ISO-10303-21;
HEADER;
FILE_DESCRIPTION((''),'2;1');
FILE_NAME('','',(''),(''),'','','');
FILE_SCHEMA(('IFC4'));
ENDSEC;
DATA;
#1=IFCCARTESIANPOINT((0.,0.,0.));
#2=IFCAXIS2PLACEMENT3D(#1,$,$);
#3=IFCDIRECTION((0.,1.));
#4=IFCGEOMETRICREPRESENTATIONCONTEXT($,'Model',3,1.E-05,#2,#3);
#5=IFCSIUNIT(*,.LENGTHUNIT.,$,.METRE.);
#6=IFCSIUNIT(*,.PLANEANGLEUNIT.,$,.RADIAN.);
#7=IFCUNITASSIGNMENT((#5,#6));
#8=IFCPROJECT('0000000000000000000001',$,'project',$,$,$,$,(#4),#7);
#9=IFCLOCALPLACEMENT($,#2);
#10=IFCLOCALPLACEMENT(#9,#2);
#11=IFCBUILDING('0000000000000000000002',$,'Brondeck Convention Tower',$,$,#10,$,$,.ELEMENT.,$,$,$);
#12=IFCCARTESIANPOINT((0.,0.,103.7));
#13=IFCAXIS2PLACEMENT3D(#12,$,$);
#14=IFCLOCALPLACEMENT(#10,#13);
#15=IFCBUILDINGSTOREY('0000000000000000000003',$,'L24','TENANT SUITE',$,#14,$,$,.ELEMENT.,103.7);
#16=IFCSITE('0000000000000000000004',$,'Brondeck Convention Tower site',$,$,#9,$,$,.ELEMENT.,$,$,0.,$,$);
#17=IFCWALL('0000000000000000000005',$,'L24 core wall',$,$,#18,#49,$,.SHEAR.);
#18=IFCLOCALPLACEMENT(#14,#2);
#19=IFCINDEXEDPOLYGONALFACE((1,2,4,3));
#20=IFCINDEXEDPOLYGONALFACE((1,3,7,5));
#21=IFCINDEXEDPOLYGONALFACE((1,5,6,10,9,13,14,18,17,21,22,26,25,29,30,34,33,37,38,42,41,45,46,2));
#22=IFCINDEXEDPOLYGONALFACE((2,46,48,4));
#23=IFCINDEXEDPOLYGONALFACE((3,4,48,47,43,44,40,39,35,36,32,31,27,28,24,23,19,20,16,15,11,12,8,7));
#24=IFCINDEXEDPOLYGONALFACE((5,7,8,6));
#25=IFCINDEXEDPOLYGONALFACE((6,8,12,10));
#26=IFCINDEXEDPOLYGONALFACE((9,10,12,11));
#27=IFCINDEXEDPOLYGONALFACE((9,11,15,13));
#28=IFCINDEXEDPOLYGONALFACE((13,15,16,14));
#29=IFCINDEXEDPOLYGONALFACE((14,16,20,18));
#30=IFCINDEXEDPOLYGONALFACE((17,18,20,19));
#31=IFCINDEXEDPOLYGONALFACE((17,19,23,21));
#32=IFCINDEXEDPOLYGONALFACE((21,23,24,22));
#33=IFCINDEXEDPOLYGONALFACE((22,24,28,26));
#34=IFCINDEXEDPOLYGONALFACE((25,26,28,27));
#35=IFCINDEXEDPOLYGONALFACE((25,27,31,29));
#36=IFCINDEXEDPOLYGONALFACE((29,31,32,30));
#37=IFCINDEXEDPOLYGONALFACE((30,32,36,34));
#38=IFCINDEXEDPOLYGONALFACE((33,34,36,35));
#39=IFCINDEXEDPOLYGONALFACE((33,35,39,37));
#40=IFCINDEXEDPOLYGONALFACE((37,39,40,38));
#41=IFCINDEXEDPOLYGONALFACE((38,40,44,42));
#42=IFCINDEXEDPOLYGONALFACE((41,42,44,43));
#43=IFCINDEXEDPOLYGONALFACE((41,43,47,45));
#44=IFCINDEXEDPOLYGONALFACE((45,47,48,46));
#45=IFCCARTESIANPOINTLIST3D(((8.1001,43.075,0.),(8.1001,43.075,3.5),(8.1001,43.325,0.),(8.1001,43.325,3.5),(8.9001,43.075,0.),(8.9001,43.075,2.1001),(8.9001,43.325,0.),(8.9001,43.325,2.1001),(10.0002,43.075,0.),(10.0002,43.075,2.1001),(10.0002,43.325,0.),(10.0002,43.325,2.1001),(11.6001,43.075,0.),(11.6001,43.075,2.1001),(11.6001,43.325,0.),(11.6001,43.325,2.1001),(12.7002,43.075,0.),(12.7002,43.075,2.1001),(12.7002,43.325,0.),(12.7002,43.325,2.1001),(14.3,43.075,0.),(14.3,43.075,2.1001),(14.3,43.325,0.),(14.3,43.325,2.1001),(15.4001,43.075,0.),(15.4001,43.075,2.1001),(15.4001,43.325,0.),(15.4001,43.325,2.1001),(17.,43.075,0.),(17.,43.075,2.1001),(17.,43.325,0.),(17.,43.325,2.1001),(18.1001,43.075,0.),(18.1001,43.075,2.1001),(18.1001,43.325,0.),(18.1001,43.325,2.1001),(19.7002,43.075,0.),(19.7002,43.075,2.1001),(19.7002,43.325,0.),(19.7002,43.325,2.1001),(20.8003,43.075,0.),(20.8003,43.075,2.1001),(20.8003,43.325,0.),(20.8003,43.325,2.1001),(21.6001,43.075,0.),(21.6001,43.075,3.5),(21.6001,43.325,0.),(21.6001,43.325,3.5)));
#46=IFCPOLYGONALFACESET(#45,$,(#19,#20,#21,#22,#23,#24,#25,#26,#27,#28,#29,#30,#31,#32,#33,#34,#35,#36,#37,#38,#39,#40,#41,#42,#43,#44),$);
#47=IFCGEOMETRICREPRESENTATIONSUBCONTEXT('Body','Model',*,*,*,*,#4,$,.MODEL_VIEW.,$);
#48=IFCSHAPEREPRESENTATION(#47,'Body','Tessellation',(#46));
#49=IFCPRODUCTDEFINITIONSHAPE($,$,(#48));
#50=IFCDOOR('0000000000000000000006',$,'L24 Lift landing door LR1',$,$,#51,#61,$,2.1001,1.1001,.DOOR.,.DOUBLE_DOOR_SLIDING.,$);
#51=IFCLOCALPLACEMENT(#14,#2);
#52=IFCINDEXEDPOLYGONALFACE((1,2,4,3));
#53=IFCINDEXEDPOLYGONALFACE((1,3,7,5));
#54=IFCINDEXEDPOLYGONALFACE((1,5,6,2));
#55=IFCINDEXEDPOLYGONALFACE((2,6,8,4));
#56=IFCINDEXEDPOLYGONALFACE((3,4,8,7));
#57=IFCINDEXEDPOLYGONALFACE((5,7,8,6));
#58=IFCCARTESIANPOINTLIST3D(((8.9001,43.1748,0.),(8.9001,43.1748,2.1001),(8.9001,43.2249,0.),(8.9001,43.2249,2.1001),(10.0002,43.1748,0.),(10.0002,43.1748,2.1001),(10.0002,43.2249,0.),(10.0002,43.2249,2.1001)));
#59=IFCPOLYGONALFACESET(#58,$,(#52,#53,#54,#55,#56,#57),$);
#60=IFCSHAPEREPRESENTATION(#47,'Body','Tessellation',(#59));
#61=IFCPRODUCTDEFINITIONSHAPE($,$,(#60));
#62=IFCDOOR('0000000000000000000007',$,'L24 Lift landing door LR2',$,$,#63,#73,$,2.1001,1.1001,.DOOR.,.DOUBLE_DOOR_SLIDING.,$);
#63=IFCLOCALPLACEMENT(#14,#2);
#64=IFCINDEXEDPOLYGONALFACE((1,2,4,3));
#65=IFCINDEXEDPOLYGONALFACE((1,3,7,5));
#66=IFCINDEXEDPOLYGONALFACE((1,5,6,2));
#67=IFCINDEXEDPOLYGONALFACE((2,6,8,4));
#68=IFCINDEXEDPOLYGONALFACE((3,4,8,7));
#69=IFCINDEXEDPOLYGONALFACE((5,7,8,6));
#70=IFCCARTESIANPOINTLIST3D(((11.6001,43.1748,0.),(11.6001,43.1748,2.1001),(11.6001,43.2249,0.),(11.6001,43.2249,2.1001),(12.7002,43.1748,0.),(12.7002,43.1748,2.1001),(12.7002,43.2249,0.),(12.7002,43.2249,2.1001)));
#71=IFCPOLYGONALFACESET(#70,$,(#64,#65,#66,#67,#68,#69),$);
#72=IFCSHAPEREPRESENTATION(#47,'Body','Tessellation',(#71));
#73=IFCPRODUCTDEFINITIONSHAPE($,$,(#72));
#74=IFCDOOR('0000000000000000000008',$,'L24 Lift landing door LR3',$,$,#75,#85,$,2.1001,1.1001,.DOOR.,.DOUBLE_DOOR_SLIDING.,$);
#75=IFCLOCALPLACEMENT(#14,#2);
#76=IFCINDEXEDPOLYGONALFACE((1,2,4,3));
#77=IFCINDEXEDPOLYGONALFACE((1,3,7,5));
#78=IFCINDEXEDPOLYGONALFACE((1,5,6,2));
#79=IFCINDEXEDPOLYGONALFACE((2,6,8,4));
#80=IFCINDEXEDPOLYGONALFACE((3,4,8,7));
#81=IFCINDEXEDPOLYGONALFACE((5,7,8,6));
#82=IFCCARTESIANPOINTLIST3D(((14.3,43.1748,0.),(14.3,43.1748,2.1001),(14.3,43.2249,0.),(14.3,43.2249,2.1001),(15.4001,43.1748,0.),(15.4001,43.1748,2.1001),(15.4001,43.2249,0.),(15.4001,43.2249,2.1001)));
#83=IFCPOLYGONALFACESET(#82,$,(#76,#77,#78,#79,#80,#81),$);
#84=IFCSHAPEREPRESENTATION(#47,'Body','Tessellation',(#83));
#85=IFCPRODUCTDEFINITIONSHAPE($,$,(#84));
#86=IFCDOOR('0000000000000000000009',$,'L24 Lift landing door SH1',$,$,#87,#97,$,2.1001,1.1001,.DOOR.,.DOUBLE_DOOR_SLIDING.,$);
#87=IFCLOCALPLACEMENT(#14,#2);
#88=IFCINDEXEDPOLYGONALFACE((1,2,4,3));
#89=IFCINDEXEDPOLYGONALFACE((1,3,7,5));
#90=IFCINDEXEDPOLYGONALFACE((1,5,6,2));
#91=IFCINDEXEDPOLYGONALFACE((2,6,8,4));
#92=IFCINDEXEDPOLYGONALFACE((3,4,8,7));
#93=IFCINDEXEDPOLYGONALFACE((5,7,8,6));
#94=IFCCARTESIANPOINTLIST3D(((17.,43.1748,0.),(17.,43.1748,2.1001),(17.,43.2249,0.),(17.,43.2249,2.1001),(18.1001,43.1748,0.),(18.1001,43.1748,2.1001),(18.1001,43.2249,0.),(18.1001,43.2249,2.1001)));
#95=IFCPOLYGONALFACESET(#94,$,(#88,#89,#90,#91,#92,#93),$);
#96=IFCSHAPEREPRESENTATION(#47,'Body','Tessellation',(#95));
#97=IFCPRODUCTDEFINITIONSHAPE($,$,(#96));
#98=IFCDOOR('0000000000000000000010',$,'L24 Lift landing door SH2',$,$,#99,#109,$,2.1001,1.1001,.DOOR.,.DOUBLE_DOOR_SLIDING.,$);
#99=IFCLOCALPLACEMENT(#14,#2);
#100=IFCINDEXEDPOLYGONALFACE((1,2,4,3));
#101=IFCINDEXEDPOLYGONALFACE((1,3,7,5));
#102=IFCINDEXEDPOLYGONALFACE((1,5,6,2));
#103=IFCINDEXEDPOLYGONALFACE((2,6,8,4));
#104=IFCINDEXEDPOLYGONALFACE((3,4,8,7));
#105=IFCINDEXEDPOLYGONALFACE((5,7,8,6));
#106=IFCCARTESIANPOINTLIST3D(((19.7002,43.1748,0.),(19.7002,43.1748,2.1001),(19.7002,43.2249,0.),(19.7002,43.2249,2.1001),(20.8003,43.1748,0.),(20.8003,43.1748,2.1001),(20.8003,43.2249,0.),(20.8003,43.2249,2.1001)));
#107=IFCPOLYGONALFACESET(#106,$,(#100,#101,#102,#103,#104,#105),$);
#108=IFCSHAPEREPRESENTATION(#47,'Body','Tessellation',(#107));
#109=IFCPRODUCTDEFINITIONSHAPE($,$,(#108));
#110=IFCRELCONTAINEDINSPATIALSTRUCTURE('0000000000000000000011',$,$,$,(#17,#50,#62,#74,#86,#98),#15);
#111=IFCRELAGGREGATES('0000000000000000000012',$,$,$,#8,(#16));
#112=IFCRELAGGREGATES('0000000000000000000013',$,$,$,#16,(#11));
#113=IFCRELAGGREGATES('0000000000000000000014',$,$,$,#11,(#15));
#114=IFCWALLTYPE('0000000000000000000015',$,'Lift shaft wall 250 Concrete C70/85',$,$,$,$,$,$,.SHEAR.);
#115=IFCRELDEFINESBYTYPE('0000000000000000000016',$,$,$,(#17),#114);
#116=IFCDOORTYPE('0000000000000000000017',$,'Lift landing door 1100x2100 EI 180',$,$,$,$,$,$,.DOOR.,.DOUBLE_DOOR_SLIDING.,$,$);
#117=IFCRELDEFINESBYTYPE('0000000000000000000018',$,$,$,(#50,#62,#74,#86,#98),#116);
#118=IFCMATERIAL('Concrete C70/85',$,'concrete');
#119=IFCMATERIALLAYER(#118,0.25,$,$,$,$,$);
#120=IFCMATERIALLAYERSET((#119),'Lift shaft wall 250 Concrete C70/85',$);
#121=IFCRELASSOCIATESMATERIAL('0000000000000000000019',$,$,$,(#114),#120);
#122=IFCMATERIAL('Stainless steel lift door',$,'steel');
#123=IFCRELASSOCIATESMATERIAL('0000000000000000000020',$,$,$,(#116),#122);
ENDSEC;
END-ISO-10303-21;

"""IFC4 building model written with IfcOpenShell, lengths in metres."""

from ifc_helpers import new_model, si_unit, direction, frame, frame_2d, origin, place, context, subcontext, project, spatial, rectangle, extrude, material, layer, layer_set, type_object, element, fill, save


model = new_model("IFC4")

# Units and contexts
model_context = context("Model", 3, precision=1e-05, world=origin(), true_north=direction((0.0, 1.0)))
body_context = subcontext(model_context, "Body", "Model", "MODEL_VIEW")
ifc_project = project(units=[si_unit("LENGTHUNIT", "METRE"), si_unit("PLANEANGLEUNIT", "RADIAN")], contexts=[model_context])

# Site, building, storey
site_placement = place(None, origin())
site = spatial("IfcSite", under=ifc_project, at=site_placement, Name="Brondeck Convention Tower site", CompositionType="ELEMENT", RefElevation=0.0)
building_placement = place(site_placement, origin())
building = spatial("IfcBuilding", under=site, at=building_placement, Name="Brondeck Convention Tower", CompositionType="ELEMENT")
storey_placement = place(building_placement, frame((0.0, 0.0, 103.7)))
storey = spatial("IfcBuildingStorey", under=building, at=storey_placement, Name="L24", Description="TENANT SUITE", CompositionType="ELEMENT", Elevation=103.7)

# Wall, openings, doors
ifc_material_1 = material(Name="Concrete C70/85", Category="concrete")
ifc_layer_1 = layer(ifc_material_1, 0.25)
ifc_layer_set_1 = layer_set([ifc_layer_1], Name="Lift shaft wall 250 Concrete C70/85")
wall_type_1 = type_object("IfcWallType", Name="Lift shaft wall 250 Concrete C70/85", PredefinedType="SHEAR", material=ifc_layer_set_1)
wall_1_placement = place(storey_placement, frame((8.1001, 43.2, 0.0), z_axis=(0.0, 0.0, 1.0), x_axis=(1.0, 0.0, 0.0)))
wall_1 = element("IfcWall", 1, at=wall_1_placement, inside=storey, type_object=wall_type_1, Name="L24 core wall", PredefinedType="SHEAR", context=body_context, shape_type="SweptSolid", body=[
    extrude(rectangle(XDim=13.5, YDim=0.25, at=frame_2d((6.75, 0.0))), origin(), (0.0, 0.0, 1.0), 3.5),
])
opening_1_placement = place(wall_1_placement, frame((0.8, 0.0, 0.0)))
opening_1 = element("IfcOpeningElement", 2, at=opening_1_placement, cuts=wall_1, PredefinedType="OPENING", context=body_context, shape_type="SweptSolid", body=[
    extrude(rectangle(XDim=1.1001, YDim=2.1001, at=frame_2d((0.55, 1.05))), frame((0.0, 0.135, 0.0), z_axis=(0.0, -1.0, 0.0), x_axis=(1.0, 0.0, 0.0)), (0.0, 0.0, 1.0), 0.27),
])
opening_2_placement = place(wall_1_placement, frame((3.5, 0.0, 0.0)))
opening_2 = element("IfcOpeningElement", 3, at=opening_2_placement, cuts=wall_1, PredefinedType="OPENING", context=body_context, shape_type="SweptSolid", body=[
    extrude(rectangle(XDim=1.1001, YDim=2.1001, at=frame_2d((0.55, 1.05))), frame((0.0, 0.135, 0.0), z_axis=(0.0, -1.0, 0.0), x_axis=(1.0, 0.0, 0.0)), (0.0, 0.0, 1.0), 0.27),
])
opening_3_placement = place(wall_1_placement, frame((6.2, 0.0, 0.0)))
opening_3 = element("IfcOpeningElement", 4, at=opening_3_placement, cuts=wall_1, PredefinedType="OPENING", context=body_context, shape_type="SweptSolid", body=[
    extrude(rectangle(XDim=1.1001, YDim=2.1001, at=frame_2d((0.55, 1.05))), frame((0.0, 0.135, 0.0), z_axis=(0.0, -1.0, 0.0), x_axis=(1.0, 0.0, 0.0)), (0.0, 0.0, 1.0), 0.27),
])
opening_4_placement = place(wall_1_placement, frame((8.8999, 0.0, 0.0)))
opening_4 = element("IfcOpeningElement", 5, at=opening_4_placement, cuts=wall_1, PredefinedType="OPENING", context=body_context, shape_type="SweptSolid", body=[
    extrude(rectangle(XDim=1.1001, YDim=2.1001, at=frame_2d((0.55, 1.05))), frame((0.0, 0.135, 0.0), z_axis=(0.0, -1.0, 0.0), x_axis=(1.0, 0.0, 0.0)), (0.0, 0.0, 1.0), 0.27),
])
opening_5_placement = place(wall_1_placement, frame((11.6001, 0.0, 0.0)))
opening_5 = element("IfcOpeningElement", 6, at=opening_5_placement, cuts=wall_1, PredefinedType="OPENING", context=body_context, shape_type="SweptSolid", body=[
    extrude(rectangle(XDim=1.1001, YDim=2.1001, at=frame_2d((0.55, 1.05))), frame((0.0, 0.135, 0.0), z_axis=(0.0, -1.0, 0.0), x_axis=(1.0, 0.0, 0.0)), (0.0, 0.0, 1.0), 0.27),
])
ifc_material_2 = material(Name="Stainless steel lift door", Category="steel")
door_type_1 = type_object("IfcDoorType", Name="Lift landing door 1100x2100 EI 180", OperationType="DOUBLE_DOOR_SLIDING", PredefinedType="DOOR", material=ifc_material_2)
door_1_placement = place(opening_1_placement, origin())
door_1 = element("IfcDoor", 7, at=door_1_placement, inside=storey, type_object=door_type_1, Name="L24 Lift landing door LR1", OperationType="DOUBLE_DOOR_SLIDING", OverallHeight=2.1001, OverallWidth=1.1001, PredefinedType="DOOR", context=body_context, shape_type="SweptSolid", body=[
    extrude(rectangle(XDim=1.1001, YDim=2.1001, at=frame_2d((0.55, 1.05))), frame((0.0, 0.0249, 0.0), z_axis=(0.0, -1.0, 0.0), x_axis=(1.0, 0.0, 0.0)), (0.0, 0.0, 1.0), 0.05),
])
fill(opening_1, door_1)
door_2_placement = place(opening_2_placement, origin())
door_2 = element("IfcDoor", 8, at=door_2_placement, inside=storey, type_object=door_type_1, Name="L24 Lift landing door LR2", OperationType="DOUBLE_DOOR_SLIDING", OverallHeight=2.1001, OverallWidth=1.1001, PredefinedType="DOOR", context=body_context, shape_type="SweptSolid", body=[
    extrude(rectangle(XDim=1.1001, YDim=2.1001, at=frame_2d((0.55, 1.05))), frame((0.0, 0.0249, 0.0), z_axis=(0.0, -1.0, 0.0), x_axis=(1.0, 0.0, 0.0)), (0.0, 0.0, 1.0), 0.05),
])
fill(opening_2, door_2)
door_3_placement = place(opening_3_placement, origin())
door_3 = element("IfcDoor", 9, at=door_3_placement, inside=storey, type_object=door_type_1, Name="L24 Lift landing door LR3", OperationType="DOUBLE_DOOR_SLIDING", OverallHeight=2.1001, OverallWidth=1.1001, PredefinedType="DOOR", context=body_context, shape_type="SweptSolid", body=[
    extrude(rectangle(XDim=1.1001, YDim=2.1001, at=frame_2d((0.55, 1.05))), frame((0.0, 0.0249, 0.0), z_axis=(0.0, -1.0, 0.0), x_axis=(1.0, 0.0, 0.0)), (0.0, 0.0, 1.0), 0.05),
])
fill(opening_3, door_3)
door_4_placement = place(opening_4_placement, origin())
door_4 = element("IfcDoor", 10, at=door_4_placement, inside=storey, type_object=door_type_1, Name="L24 Lift landing door SH1", OperationType="DOUBLE_DOOR_SLIDING", OverallHeight=2.1001, OverallWidth=1.1001, PredefinedType="DOOR", context=body_context, shape_type="SweptSolid", body=[
    extrude(rectangle(XDim=1.1001, YDim=2.1001, at=frame_2d((0.55, 1.05))), frame((0.0, 0.0249, 0.0), z_axis=(0.0, -1.0, 0.0), x_axis=(1.0, 0.0, 0.0)), (0.0, 0.0, 1.0), 0.05),
])
fill(opening_4, door_4)
door_5_placement = place(opening_5_placement, origin())
door_5 = element("IfcDoor", 11, at=door_5_placement, inside=storey, type_object=door_type_1, Name="L24 Lift landing door SH2", OperationType="DOUBLE_DOOR_SLIDING", OverallHeight=2.1001, OverallWidth=1.1001, PredefinedType="DOOR", context=body_context, shape_type="SweptSolid", body=[
    extrude(rectangle(XDim=1.1001, YDim=2.1001, at=frame_2d((0.55, 1.05))), frame((0.0, 0.0249, 0.0), z_axis=(0.0, -1.0, 0.0), x_axis=(1.0, 0.0, 0.0)), (0.0, 0.0, 1.0), 0.05),
])
fill(opening_5, door_5)

save(model, "model.ifc")
